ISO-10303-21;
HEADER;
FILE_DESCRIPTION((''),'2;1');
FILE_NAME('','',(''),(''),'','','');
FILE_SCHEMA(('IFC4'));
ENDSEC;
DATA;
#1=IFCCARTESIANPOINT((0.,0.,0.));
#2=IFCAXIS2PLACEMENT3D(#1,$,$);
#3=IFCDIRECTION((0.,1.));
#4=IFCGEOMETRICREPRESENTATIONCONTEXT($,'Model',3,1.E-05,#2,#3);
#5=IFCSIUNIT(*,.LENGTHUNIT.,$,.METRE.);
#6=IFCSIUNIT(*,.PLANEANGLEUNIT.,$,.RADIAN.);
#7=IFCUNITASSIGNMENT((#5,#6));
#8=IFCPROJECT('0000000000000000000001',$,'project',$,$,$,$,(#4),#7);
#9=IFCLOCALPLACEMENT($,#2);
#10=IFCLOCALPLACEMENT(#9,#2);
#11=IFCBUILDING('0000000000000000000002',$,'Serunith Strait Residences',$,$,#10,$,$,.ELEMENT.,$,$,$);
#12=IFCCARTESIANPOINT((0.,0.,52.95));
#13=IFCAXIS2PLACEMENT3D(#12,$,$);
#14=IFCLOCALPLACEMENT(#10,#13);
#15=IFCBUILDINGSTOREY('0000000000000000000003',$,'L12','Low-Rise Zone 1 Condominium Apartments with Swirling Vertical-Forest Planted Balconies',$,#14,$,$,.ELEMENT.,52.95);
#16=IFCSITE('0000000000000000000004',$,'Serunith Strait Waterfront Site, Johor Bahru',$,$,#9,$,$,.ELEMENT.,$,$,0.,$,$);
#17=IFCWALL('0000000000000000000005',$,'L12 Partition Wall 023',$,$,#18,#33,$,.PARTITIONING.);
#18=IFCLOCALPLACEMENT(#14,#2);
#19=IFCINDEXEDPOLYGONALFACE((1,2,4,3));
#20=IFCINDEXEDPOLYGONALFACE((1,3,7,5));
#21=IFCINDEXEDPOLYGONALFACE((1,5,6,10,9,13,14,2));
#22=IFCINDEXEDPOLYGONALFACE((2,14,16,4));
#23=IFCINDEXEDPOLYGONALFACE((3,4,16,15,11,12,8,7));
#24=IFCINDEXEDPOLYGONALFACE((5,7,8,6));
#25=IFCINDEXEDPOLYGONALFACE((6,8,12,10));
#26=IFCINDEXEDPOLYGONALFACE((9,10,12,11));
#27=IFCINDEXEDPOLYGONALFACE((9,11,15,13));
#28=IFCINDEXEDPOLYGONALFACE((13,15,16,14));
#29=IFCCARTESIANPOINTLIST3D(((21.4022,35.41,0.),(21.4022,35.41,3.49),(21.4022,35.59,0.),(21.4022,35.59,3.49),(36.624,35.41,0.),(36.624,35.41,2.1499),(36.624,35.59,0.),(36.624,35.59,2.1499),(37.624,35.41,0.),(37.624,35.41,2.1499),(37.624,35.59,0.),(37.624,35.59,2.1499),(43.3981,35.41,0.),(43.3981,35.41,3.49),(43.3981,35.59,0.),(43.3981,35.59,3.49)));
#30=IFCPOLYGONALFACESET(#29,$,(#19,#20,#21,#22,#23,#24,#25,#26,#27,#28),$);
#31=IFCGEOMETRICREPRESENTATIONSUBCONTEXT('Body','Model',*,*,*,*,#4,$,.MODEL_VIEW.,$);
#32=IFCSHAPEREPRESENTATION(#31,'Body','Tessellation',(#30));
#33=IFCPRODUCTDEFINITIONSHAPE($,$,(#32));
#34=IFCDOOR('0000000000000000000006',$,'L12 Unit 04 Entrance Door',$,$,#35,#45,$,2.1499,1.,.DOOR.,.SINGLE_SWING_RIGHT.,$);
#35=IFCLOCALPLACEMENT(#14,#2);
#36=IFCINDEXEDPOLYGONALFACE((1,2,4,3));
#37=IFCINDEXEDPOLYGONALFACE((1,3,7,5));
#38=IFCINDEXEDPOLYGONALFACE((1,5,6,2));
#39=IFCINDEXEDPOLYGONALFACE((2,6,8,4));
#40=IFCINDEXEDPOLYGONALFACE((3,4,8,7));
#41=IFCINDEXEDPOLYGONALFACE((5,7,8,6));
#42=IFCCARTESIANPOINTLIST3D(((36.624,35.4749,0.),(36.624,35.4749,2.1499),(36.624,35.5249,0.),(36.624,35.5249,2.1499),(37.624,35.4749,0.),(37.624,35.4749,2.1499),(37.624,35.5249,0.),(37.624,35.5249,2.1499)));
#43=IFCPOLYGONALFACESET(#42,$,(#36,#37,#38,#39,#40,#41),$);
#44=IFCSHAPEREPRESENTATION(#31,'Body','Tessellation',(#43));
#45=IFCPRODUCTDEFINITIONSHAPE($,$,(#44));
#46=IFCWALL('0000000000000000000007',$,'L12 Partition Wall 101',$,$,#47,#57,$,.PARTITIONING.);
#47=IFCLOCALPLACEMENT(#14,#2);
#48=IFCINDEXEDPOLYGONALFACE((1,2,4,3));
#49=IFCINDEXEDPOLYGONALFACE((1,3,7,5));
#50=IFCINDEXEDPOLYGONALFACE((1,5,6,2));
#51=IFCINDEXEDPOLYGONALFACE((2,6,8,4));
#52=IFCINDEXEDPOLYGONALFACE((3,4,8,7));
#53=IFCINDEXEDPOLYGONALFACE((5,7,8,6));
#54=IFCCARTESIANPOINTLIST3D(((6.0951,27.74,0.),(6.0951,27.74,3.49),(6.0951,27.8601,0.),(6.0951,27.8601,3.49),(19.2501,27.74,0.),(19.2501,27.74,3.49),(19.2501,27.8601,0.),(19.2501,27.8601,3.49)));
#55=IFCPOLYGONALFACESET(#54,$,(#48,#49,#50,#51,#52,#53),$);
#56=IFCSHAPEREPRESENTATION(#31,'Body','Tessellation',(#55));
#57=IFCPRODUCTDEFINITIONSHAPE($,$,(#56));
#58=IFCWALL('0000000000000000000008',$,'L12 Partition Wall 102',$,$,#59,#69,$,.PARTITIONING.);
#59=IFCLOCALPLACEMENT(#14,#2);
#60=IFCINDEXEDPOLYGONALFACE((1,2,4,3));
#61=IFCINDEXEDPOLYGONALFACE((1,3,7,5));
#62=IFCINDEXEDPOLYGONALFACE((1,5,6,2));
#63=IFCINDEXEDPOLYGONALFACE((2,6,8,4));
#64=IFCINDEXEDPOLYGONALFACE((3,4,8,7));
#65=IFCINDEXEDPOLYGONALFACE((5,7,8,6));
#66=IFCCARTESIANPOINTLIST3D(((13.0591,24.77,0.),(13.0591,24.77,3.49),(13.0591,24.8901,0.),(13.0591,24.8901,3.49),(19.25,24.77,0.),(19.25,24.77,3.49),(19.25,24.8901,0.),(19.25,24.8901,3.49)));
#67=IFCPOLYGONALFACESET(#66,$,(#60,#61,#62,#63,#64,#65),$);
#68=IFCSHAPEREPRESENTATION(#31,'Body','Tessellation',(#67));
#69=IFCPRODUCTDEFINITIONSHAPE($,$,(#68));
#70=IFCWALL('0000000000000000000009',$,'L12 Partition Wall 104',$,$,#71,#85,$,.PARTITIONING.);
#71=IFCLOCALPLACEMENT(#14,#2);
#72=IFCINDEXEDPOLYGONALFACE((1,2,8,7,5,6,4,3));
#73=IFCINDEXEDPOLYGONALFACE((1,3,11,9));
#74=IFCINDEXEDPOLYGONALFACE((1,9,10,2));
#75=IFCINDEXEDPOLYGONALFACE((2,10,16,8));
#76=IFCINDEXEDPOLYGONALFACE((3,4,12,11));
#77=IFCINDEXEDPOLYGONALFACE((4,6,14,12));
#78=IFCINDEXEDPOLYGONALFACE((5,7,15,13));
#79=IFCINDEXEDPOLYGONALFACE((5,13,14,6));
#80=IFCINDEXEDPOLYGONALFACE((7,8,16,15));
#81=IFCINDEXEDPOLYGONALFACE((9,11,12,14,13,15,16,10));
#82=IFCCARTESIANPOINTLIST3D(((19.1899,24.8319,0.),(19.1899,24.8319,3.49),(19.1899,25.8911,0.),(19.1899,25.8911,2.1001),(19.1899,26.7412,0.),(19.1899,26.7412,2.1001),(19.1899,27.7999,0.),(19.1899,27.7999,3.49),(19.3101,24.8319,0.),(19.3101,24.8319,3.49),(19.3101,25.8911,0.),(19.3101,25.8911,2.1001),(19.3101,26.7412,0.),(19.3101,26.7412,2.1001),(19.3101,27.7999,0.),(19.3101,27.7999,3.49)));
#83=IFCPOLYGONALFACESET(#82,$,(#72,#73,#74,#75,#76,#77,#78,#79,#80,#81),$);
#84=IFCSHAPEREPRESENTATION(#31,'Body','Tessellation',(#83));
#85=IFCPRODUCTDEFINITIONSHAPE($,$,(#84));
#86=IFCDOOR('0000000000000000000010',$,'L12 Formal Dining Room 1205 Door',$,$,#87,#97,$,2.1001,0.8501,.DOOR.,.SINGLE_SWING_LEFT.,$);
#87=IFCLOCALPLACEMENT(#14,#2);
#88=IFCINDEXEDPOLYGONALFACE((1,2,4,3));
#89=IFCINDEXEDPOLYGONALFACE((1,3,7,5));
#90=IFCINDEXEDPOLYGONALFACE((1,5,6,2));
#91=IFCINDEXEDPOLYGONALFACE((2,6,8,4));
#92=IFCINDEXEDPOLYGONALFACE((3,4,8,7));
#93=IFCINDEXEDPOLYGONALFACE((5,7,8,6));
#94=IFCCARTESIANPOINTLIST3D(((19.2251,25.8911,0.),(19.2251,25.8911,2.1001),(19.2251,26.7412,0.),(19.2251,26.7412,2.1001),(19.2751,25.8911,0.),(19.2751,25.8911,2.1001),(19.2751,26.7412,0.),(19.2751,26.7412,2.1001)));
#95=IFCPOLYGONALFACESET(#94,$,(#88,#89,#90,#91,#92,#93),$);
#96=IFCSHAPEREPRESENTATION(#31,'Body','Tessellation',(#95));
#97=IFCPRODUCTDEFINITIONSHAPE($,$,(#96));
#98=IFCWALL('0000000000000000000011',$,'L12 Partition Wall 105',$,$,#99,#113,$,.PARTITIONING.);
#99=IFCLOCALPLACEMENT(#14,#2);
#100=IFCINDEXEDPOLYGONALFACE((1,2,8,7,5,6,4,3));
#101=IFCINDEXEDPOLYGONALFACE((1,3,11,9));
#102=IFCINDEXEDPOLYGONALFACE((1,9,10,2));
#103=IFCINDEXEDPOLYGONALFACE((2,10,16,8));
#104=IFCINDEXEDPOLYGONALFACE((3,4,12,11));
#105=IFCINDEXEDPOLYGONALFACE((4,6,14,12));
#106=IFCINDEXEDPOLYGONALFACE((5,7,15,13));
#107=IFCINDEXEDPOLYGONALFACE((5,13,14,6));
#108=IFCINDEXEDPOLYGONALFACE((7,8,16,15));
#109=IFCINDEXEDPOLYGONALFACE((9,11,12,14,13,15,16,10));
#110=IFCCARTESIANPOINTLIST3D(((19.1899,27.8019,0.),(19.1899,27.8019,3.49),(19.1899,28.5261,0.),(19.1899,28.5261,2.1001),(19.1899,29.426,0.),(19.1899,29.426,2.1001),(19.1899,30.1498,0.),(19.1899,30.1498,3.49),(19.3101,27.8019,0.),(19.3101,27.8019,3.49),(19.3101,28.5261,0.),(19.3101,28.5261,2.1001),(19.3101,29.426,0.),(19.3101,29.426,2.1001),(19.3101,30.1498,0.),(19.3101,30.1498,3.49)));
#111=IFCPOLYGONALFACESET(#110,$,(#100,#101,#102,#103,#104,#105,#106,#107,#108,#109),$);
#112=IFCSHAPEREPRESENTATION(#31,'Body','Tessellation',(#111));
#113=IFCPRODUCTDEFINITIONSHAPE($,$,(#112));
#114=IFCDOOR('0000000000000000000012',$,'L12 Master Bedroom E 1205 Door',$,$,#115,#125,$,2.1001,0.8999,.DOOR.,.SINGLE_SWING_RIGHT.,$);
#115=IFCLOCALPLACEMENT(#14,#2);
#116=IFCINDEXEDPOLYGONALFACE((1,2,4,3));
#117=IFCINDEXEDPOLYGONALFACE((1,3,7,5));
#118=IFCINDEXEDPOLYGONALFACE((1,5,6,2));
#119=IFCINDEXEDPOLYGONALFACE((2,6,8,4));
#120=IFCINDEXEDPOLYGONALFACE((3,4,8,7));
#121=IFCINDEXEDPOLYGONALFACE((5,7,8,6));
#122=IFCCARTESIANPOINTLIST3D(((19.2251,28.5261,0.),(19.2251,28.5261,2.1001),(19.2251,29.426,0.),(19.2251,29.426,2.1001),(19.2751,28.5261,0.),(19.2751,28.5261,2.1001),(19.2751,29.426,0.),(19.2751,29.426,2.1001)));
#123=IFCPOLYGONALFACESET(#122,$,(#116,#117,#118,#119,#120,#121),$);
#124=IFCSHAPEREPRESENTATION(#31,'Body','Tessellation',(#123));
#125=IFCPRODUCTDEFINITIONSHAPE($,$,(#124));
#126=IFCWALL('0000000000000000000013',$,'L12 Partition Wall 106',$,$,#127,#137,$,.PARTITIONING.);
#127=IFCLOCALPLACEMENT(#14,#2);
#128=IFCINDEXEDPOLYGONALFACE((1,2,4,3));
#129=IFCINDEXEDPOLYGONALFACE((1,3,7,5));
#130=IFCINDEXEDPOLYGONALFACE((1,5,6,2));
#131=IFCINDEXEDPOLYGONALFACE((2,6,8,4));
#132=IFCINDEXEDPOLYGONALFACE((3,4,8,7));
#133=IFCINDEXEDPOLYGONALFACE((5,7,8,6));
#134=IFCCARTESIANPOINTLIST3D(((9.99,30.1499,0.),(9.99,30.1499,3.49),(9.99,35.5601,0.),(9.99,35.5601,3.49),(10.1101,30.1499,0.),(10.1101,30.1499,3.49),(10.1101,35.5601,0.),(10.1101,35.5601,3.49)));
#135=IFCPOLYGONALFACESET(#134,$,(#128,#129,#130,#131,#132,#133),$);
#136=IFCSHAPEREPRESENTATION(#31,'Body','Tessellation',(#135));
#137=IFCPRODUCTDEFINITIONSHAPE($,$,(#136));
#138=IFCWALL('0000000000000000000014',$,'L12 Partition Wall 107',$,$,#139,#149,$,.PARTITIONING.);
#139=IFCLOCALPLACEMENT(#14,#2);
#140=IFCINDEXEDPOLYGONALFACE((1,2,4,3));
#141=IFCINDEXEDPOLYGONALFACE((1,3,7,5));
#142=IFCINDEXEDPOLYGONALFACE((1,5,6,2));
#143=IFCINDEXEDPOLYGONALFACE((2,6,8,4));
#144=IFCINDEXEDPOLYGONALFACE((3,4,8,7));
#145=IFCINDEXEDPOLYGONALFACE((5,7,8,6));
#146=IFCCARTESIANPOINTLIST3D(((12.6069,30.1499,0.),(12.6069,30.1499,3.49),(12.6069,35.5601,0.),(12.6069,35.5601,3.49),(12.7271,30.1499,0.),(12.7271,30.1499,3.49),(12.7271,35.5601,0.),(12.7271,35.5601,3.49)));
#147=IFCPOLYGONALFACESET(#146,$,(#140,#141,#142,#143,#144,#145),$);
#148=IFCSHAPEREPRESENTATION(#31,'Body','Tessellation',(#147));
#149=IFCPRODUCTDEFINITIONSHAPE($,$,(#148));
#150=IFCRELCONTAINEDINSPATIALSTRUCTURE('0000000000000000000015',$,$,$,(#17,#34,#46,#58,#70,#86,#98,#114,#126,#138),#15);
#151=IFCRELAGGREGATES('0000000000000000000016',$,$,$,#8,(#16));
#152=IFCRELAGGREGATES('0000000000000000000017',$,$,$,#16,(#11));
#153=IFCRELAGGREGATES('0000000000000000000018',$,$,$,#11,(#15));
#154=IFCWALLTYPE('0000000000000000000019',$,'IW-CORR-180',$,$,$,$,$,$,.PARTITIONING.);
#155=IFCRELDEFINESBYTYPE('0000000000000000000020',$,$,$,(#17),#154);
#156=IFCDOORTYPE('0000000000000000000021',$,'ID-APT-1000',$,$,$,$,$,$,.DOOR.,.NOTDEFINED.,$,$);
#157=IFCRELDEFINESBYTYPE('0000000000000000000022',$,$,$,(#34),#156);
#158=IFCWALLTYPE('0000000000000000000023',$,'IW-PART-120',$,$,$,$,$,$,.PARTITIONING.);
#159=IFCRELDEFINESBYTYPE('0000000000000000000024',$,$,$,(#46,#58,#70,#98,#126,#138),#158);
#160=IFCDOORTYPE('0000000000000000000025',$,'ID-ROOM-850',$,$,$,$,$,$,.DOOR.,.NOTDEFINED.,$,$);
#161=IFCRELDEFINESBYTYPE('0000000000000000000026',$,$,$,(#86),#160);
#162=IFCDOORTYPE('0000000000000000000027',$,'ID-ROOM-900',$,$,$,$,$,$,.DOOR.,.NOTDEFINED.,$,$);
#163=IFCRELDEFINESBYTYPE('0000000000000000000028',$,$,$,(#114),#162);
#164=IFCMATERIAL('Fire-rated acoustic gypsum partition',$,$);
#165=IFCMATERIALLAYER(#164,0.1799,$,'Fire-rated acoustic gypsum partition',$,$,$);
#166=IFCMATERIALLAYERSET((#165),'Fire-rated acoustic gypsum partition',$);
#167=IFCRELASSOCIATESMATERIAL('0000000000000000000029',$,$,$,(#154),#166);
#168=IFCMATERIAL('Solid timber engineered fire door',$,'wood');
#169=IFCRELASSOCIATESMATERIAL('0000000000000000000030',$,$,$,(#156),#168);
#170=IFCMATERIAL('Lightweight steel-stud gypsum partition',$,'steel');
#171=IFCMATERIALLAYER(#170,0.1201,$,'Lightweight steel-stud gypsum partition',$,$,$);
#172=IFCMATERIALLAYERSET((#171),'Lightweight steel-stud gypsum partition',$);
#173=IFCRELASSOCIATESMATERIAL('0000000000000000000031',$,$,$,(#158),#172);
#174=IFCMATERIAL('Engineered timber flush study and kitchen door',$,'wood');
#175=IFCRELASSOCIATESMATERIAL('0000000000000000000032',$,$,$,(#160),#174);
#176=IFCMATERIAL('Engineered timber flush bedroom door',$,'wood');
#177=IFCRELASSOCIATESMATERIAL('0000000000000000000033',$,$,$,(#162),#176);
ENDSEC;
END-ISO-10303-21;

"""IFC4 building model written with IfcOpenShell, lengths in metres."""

from ifc_helpers import new_model, si_unit, direction, frame, frame_2d, origin, place, context, subcontext, project, spatial, rectangle, extrude, source, transform, mapped, material, layer, layer_set, type_object, element, fill, save


model = new_model("IFC4")

# Units and contexts
model_context = context("Model", 3, precision=1e-05, world=origin(), true_north=direction((0.0, 1.0)))
body_context = subcontext(model_context, "Body", "Model", "MODEL_VIEW")
ifc_project = project(units=[si_unit("LENGTHUNIT", "METRE"), si_unit("PLANEANGLEUNIT", "RADIAN")], contexts=[model_context])

# Site, building, storey
site_placement = place(None, origin())
site = spatial("IfcSite", under=ifc_project, at=site_placement, Name="Serunith Strait Waterfront Site, Johor Bahru", CompositionType="ELEMENT", RefElevation=0.0)
building_placement = place(site_placement, origin())
building = spatial("IfcBuilding", under=site, at=building_placement, Name="Serunith Strait Residences", CompositionType="ELEMENT")
storey_placement = place(building_placement, frame((0.0, 0.0, 52.95)))
storey = spatial("IfcBuildingStorey", under=building, at=storey_placement, Name="L12", Description="Low-Rise Zone 1 Condominium Apartments with Swirling Vertical-Forest Planted Balconies", CompositionType="ELEMENT", Elevation=52.95)

# Wall, opening, door
ifc_material_1 = material(Name="Fire-rated acoustic gypsum partition")
ifc_layer_1 = layer(ifc_material_1, 0.1799, Name="Fire-rated acoustic gypsum partition")
ifc_layer_set_1 = layer_set([ifc_layer_1], Name="Fire-rated acoustic gypsum partition")
wall_type_1 = type_object("IfcWallType", Name="IW-CORR-180", PredefinedType="PARTITIONING", material=ifc_layer_set_1)
wall_1_placement = place(storey_placement, frame((21.4021, 35.5, 0.0), z_axis=(0.0, 0.0, 1.0), x_axis=(1.0, 0.0, 0.0)))
wall_1 = element("IfcWall", 1, at=wall_1_placement, inside=storey, type_object=wall_type_1, Name="L12 Partition Wall 023", PredefinedType="PARTITIONING", context=body_context, shape_type="SweptSolid", body=[
    extrude(rectangle(XDim=21.9958, YDim=0.1799, at=frame_2d((10.998, 0.0))), origin(), (0.0, 0.0, 1.0), 3.49),
])
opening_1_placement = place(wall_1_placement, frame((15.2219, 0.0, 0.0)))
opening_1 = element("IfcOpeningElement", 2, at=opening_1_placement, cuts=wall_1, PredefinedType="OPENING", context=body_context, shape_type="SweptSolid", body=[
    extrude(rectangle(XDim=1.0, YDim=2.1499, at=frame_2d((0.5, 1.075))), frame((0.0, 0.1001, 0.0), z_axis=(0.0, -1.0, 0.0), x_axis=(1.0, 0.0, 0.0)), (0.0, 0.0, 1.0), 0.2),
])
ifc_material_2 = material(Name="Solid timber engineered fire door", Category="wood")
door_type_1 = type_object("IfcDoorType", Name="ID-APT-1000", OperationType="NOTDEFINED", PredefinedType="DOOR", material=ifc_material_2)
shared_shape_1 = source(origin(), body_context, "Body", "SweptSolid", [
    extrude(rectangle(XDim=1.0, YDim=2.1499, at=frame_2d((0.5, 1.075))), frame((0.0, 0.0249, 0.0), z_axis=(0.0, -1.0, 0.0), x_axis=(1.0, 0.0, 0.0)), (0.0, 0.0, 1.0), 0.05),
])
door_1_placement = place(opening_1_placement, origin())
door_1 = element("IfcDoor", 3, at=door_1_placement, inside=storey, type_object=door_type_1, Name="L12 Unit 04 Entrance Door", OperationType="SINGLE_SWING_RIGHT", OverallHeight=2.1499, OverallWidth=1.0, PredefinedType="DOOR", context=body_context, shape_type="MappedRepresentation", body=[
    mapped(shared_shape_1, transform((0.0, 0.0, 0.0), scale=1.0)),
])
fill(opening_1, door_1)

# Walls
ifc_material_3 = material(Name="Lightweight steel-stud gypsum partition", Category="steel")
ifc_layer_2 = layer(ifc_material_3, 0.1201, Name="Lightweight steel-stud gypsum partition")
ifc_layer_set_2 = layer_set([ifc_layer_2], Name="Lightweight steel-stud gypsum partition")
wall_type_2 = type_object("IfcWallType", Name="IW-PART-120", PredefinedType="PARTITIONING", material=ifc_layer_set_2)
wall_2_placement = place(storey_placement, frame((6.095, 27.8, 0.0), z_axis=(0.0, 0.0, 1.0), x_axis=(1.0, 0.0, 0.0)))
element("IfcWall", 4, at=wall_2_placement, inside=storey, type_object=wall_type_2, Name="L12 Partition Wall 101", PredefinedType="PARTITIONING", context=body_context, shape_type="SweptSolid", body=[
    extrude(rectangle(XDim=13.155, YDim=0.1201, at=frame_2d((6.5776, 0.0))), origin(), (0.0, 0.0, 1.0), 3.49),
])
wall_3_placement = place(storey_placement, frame((13.0591, 24.8301, 0.0), z_axis=(0.0, 0.0, 1.0), x_axis=(1.0, 0.0, 0.0)))
element("IfcWall", 5, at=wall_3_placement, inside=storey, type_object=wall_type_2, Name="L12 Partition Wall 102", PredefinedType="PARTITIONING", context=body_context, shape_type="SweptSolid", body=[
    extrude(rectangle(XDim=6.1909, YDim=0.1201, at=frame_2d((3.0955, 0.0))), origin(), (0.0, 0.0, 1.0), 3.49),
])

# Walls, openings, doors
wall_4_placement = place(storey_placement, frame((19.25, 24.832, 0.0), z_axis=(0.0, 0.0, 1.0), x_axis=(0.0, 1.0, 0.0)))
wall_4 = element("IfcWall", 6, at=wall_4_placement, inside=storey, type_object=wall_type_2, Name="L12 Partition Wall 104", PredefinedType="PARTITIONING", context=body_context, shape_type="SweptSolid", body=[
    extrude(rectangle(XDim=2.968, YDim=0.1201, at=frame_2d((1.4839, 0.0))), origin(), (0.0, 0.0, 1.0), 3.49),
])
opening_2_placement = place(wall_4_placement, frame((1.0591, 0.0, 0.0)))
opening_2 = element("IfcOpeningElement", 7, at=opening_2_placement, cuts=wall_4, PredefinedType="OPENING", context=body_context, shape_type="SweptSolid", body=[
    extrude(rectangle(XDim=0.8501, YDim=2.1001, at=frame_2d((0.425, 1.05))), frame((0.0, 0.0701, 0.0), z_axis=(0.0, -1.0, 0.0), x_axis=(1.0, 0.0, 0.0)), (0.0, 0.0, 1.0), 0.1401),
])
ifc_material_4 = material(Name="Engineered timber flush study and kitchen door", Category="wood")
door_type_2 = type_object("IfcDoorType", Name="ID-ROOM-850", OperationType="NOTDEFINED", PredefinedType="DOOR", material=ifc_material_4)
shared_shape_2 = source(origin(), body_context, "Body", "SweptSolid", [
    extrude(rectangle(XDim=0.8501, YDim=2.1001, at=frame_2d((0.425, 1.05))), frame((0.0, 0.0249, 0.0), z_axis=(0.0, -1.0, 0.0), x_axis=(1.0, 0.0, 0.0)), (0.0, 0.0, 1.0), 0.05),
])
door_2_placement = place(opening_2_placement, origin())
door_2 = element("IfcDoor", 8, at=door_2_placement, inside=storey, type_object=door_type_2, Name="L12 Formal Dining Room 1205 Door", OperationType="SINGLE_SWING_LEFT", OverallHeight=2.1001, OverallWidth=0.8501, PredefinedType="DOOR", context=body_context, shape_type="MappedRepresentation", body=[
    mapped(shared_shape_2, transform((0.0, 0.0, 0.0), scale=1.0)),
])
fill(opening_2, door_2)
wall_5_placement = place(storey_placement, frame((19.25, 27.802, 0.0), z_axis=(0.0, 0.0, 1.0), x_axis=(0.0, 1.0, 0.0)))
wall_5 = element("IfcWall", 9, at=wall_5_placement, inside=storey, type_object=wall_type_2, Name="L12 Partition Wall 105", PredefinedType="PARTITIONING", context=body_context, shape_type="SweptSolid", body=[
    extrude(rectangle(XDim=2.3479, YDim=0.1201, at=frame_2d((1.1738, 0.0))), origin(), (0.0, 0.0, 1.0), 3.49),
])
opening_3_placement = place(wall_5_placement, frame((0.7241, 0.0, 0.0)))
opening_3 = element("IfcOpeningElement", 10, at=opening_3_placement, cuts=wall_5, PredefinedType="OPENING", context=body_context, shape_type="SweptSolid", body=[
    extrude(rectangle(XDim=0.8999, YDim=2.1001, at=frame_2d((0.45, 1.05))), frame((0.0, 0.0701, 0.0), z_axis=(0.0, -1.0, 0.0), x_axis=(1.0, 0.0, 0.0)), (0.0, 0.0, 1.0), 0.1401),
])
ifc_material_5 = material(Name="Engineered timber flush bedroom door", Category="wood")
door_type_3 = type_object("IfcDoorType", Name="ID-ROOM-900", OperationType="NOTDEFINED", PredefinedType="DOOR", material=ifc_material_5)
shared_shape_3 = source(origin(), body_context, "Body", "SweptSolid", [
    extrude(rectangle(XDim=0.8999, YDim=2.1001, at=frame_2d((0.45, 1.05))), frame((0.0, 0.0249, 0.0), z_axis=(0.0, -1.0, 0.0), x_axis=(1.0, 0.0, 0.0)), (0.0, 0.0, 1.0), 0.05),
])
door_3_placement = place(opening_3_placement, origin())
door_3 = element("IfcDoor", 11, at=door_3_placement, inside=storey, type_object=door_type_3, Name="L12 Master Bedroom E 1205 Door", OperationType="SINGLE_SWING_RIGHT", OverallHeight=2.1001, OverallWidth=0.8999, PredefinedType="DOOR", context=body_context, shape_type="MappedRepresentation", body=[
    mapped(shared_shape_3, transform((0.0, 0.0, 0.0), scale=1.0)),
])
fill(opening_3, door_3)

# Walls
for number, where, z_axis, x_axis, name in (
    (12, (10.05, 30.1499, 0.0), (0.0, 0.0, 1.0), (0.0, 1.0, 0.0), "L12 Partition Wall 106"),
    (13, (12.667, 30.1499, 0.0), (0.0, 0.0, 1.0), (0.0, 1.0, 0.0), "L12 Partition Wall 107"),
):
    element("IfcWall", number, at=place(storey_placement, frame(where, z_axis=z_axis, x_axis=x_axis)), inside=storey, type_object=wall_type_2, Name=name, PredefinedType="PARTITIONING", context=body_context, shape_type="SweptSolid", body=[
        extrude(rectangle(XDim=5.4102, YDim=0.1201, at=frame_2d((2.7051, 0.0))), origin(), (0.0, 0.0, 1.0), 3.49),
    ])

save(model, "model.ifc")
